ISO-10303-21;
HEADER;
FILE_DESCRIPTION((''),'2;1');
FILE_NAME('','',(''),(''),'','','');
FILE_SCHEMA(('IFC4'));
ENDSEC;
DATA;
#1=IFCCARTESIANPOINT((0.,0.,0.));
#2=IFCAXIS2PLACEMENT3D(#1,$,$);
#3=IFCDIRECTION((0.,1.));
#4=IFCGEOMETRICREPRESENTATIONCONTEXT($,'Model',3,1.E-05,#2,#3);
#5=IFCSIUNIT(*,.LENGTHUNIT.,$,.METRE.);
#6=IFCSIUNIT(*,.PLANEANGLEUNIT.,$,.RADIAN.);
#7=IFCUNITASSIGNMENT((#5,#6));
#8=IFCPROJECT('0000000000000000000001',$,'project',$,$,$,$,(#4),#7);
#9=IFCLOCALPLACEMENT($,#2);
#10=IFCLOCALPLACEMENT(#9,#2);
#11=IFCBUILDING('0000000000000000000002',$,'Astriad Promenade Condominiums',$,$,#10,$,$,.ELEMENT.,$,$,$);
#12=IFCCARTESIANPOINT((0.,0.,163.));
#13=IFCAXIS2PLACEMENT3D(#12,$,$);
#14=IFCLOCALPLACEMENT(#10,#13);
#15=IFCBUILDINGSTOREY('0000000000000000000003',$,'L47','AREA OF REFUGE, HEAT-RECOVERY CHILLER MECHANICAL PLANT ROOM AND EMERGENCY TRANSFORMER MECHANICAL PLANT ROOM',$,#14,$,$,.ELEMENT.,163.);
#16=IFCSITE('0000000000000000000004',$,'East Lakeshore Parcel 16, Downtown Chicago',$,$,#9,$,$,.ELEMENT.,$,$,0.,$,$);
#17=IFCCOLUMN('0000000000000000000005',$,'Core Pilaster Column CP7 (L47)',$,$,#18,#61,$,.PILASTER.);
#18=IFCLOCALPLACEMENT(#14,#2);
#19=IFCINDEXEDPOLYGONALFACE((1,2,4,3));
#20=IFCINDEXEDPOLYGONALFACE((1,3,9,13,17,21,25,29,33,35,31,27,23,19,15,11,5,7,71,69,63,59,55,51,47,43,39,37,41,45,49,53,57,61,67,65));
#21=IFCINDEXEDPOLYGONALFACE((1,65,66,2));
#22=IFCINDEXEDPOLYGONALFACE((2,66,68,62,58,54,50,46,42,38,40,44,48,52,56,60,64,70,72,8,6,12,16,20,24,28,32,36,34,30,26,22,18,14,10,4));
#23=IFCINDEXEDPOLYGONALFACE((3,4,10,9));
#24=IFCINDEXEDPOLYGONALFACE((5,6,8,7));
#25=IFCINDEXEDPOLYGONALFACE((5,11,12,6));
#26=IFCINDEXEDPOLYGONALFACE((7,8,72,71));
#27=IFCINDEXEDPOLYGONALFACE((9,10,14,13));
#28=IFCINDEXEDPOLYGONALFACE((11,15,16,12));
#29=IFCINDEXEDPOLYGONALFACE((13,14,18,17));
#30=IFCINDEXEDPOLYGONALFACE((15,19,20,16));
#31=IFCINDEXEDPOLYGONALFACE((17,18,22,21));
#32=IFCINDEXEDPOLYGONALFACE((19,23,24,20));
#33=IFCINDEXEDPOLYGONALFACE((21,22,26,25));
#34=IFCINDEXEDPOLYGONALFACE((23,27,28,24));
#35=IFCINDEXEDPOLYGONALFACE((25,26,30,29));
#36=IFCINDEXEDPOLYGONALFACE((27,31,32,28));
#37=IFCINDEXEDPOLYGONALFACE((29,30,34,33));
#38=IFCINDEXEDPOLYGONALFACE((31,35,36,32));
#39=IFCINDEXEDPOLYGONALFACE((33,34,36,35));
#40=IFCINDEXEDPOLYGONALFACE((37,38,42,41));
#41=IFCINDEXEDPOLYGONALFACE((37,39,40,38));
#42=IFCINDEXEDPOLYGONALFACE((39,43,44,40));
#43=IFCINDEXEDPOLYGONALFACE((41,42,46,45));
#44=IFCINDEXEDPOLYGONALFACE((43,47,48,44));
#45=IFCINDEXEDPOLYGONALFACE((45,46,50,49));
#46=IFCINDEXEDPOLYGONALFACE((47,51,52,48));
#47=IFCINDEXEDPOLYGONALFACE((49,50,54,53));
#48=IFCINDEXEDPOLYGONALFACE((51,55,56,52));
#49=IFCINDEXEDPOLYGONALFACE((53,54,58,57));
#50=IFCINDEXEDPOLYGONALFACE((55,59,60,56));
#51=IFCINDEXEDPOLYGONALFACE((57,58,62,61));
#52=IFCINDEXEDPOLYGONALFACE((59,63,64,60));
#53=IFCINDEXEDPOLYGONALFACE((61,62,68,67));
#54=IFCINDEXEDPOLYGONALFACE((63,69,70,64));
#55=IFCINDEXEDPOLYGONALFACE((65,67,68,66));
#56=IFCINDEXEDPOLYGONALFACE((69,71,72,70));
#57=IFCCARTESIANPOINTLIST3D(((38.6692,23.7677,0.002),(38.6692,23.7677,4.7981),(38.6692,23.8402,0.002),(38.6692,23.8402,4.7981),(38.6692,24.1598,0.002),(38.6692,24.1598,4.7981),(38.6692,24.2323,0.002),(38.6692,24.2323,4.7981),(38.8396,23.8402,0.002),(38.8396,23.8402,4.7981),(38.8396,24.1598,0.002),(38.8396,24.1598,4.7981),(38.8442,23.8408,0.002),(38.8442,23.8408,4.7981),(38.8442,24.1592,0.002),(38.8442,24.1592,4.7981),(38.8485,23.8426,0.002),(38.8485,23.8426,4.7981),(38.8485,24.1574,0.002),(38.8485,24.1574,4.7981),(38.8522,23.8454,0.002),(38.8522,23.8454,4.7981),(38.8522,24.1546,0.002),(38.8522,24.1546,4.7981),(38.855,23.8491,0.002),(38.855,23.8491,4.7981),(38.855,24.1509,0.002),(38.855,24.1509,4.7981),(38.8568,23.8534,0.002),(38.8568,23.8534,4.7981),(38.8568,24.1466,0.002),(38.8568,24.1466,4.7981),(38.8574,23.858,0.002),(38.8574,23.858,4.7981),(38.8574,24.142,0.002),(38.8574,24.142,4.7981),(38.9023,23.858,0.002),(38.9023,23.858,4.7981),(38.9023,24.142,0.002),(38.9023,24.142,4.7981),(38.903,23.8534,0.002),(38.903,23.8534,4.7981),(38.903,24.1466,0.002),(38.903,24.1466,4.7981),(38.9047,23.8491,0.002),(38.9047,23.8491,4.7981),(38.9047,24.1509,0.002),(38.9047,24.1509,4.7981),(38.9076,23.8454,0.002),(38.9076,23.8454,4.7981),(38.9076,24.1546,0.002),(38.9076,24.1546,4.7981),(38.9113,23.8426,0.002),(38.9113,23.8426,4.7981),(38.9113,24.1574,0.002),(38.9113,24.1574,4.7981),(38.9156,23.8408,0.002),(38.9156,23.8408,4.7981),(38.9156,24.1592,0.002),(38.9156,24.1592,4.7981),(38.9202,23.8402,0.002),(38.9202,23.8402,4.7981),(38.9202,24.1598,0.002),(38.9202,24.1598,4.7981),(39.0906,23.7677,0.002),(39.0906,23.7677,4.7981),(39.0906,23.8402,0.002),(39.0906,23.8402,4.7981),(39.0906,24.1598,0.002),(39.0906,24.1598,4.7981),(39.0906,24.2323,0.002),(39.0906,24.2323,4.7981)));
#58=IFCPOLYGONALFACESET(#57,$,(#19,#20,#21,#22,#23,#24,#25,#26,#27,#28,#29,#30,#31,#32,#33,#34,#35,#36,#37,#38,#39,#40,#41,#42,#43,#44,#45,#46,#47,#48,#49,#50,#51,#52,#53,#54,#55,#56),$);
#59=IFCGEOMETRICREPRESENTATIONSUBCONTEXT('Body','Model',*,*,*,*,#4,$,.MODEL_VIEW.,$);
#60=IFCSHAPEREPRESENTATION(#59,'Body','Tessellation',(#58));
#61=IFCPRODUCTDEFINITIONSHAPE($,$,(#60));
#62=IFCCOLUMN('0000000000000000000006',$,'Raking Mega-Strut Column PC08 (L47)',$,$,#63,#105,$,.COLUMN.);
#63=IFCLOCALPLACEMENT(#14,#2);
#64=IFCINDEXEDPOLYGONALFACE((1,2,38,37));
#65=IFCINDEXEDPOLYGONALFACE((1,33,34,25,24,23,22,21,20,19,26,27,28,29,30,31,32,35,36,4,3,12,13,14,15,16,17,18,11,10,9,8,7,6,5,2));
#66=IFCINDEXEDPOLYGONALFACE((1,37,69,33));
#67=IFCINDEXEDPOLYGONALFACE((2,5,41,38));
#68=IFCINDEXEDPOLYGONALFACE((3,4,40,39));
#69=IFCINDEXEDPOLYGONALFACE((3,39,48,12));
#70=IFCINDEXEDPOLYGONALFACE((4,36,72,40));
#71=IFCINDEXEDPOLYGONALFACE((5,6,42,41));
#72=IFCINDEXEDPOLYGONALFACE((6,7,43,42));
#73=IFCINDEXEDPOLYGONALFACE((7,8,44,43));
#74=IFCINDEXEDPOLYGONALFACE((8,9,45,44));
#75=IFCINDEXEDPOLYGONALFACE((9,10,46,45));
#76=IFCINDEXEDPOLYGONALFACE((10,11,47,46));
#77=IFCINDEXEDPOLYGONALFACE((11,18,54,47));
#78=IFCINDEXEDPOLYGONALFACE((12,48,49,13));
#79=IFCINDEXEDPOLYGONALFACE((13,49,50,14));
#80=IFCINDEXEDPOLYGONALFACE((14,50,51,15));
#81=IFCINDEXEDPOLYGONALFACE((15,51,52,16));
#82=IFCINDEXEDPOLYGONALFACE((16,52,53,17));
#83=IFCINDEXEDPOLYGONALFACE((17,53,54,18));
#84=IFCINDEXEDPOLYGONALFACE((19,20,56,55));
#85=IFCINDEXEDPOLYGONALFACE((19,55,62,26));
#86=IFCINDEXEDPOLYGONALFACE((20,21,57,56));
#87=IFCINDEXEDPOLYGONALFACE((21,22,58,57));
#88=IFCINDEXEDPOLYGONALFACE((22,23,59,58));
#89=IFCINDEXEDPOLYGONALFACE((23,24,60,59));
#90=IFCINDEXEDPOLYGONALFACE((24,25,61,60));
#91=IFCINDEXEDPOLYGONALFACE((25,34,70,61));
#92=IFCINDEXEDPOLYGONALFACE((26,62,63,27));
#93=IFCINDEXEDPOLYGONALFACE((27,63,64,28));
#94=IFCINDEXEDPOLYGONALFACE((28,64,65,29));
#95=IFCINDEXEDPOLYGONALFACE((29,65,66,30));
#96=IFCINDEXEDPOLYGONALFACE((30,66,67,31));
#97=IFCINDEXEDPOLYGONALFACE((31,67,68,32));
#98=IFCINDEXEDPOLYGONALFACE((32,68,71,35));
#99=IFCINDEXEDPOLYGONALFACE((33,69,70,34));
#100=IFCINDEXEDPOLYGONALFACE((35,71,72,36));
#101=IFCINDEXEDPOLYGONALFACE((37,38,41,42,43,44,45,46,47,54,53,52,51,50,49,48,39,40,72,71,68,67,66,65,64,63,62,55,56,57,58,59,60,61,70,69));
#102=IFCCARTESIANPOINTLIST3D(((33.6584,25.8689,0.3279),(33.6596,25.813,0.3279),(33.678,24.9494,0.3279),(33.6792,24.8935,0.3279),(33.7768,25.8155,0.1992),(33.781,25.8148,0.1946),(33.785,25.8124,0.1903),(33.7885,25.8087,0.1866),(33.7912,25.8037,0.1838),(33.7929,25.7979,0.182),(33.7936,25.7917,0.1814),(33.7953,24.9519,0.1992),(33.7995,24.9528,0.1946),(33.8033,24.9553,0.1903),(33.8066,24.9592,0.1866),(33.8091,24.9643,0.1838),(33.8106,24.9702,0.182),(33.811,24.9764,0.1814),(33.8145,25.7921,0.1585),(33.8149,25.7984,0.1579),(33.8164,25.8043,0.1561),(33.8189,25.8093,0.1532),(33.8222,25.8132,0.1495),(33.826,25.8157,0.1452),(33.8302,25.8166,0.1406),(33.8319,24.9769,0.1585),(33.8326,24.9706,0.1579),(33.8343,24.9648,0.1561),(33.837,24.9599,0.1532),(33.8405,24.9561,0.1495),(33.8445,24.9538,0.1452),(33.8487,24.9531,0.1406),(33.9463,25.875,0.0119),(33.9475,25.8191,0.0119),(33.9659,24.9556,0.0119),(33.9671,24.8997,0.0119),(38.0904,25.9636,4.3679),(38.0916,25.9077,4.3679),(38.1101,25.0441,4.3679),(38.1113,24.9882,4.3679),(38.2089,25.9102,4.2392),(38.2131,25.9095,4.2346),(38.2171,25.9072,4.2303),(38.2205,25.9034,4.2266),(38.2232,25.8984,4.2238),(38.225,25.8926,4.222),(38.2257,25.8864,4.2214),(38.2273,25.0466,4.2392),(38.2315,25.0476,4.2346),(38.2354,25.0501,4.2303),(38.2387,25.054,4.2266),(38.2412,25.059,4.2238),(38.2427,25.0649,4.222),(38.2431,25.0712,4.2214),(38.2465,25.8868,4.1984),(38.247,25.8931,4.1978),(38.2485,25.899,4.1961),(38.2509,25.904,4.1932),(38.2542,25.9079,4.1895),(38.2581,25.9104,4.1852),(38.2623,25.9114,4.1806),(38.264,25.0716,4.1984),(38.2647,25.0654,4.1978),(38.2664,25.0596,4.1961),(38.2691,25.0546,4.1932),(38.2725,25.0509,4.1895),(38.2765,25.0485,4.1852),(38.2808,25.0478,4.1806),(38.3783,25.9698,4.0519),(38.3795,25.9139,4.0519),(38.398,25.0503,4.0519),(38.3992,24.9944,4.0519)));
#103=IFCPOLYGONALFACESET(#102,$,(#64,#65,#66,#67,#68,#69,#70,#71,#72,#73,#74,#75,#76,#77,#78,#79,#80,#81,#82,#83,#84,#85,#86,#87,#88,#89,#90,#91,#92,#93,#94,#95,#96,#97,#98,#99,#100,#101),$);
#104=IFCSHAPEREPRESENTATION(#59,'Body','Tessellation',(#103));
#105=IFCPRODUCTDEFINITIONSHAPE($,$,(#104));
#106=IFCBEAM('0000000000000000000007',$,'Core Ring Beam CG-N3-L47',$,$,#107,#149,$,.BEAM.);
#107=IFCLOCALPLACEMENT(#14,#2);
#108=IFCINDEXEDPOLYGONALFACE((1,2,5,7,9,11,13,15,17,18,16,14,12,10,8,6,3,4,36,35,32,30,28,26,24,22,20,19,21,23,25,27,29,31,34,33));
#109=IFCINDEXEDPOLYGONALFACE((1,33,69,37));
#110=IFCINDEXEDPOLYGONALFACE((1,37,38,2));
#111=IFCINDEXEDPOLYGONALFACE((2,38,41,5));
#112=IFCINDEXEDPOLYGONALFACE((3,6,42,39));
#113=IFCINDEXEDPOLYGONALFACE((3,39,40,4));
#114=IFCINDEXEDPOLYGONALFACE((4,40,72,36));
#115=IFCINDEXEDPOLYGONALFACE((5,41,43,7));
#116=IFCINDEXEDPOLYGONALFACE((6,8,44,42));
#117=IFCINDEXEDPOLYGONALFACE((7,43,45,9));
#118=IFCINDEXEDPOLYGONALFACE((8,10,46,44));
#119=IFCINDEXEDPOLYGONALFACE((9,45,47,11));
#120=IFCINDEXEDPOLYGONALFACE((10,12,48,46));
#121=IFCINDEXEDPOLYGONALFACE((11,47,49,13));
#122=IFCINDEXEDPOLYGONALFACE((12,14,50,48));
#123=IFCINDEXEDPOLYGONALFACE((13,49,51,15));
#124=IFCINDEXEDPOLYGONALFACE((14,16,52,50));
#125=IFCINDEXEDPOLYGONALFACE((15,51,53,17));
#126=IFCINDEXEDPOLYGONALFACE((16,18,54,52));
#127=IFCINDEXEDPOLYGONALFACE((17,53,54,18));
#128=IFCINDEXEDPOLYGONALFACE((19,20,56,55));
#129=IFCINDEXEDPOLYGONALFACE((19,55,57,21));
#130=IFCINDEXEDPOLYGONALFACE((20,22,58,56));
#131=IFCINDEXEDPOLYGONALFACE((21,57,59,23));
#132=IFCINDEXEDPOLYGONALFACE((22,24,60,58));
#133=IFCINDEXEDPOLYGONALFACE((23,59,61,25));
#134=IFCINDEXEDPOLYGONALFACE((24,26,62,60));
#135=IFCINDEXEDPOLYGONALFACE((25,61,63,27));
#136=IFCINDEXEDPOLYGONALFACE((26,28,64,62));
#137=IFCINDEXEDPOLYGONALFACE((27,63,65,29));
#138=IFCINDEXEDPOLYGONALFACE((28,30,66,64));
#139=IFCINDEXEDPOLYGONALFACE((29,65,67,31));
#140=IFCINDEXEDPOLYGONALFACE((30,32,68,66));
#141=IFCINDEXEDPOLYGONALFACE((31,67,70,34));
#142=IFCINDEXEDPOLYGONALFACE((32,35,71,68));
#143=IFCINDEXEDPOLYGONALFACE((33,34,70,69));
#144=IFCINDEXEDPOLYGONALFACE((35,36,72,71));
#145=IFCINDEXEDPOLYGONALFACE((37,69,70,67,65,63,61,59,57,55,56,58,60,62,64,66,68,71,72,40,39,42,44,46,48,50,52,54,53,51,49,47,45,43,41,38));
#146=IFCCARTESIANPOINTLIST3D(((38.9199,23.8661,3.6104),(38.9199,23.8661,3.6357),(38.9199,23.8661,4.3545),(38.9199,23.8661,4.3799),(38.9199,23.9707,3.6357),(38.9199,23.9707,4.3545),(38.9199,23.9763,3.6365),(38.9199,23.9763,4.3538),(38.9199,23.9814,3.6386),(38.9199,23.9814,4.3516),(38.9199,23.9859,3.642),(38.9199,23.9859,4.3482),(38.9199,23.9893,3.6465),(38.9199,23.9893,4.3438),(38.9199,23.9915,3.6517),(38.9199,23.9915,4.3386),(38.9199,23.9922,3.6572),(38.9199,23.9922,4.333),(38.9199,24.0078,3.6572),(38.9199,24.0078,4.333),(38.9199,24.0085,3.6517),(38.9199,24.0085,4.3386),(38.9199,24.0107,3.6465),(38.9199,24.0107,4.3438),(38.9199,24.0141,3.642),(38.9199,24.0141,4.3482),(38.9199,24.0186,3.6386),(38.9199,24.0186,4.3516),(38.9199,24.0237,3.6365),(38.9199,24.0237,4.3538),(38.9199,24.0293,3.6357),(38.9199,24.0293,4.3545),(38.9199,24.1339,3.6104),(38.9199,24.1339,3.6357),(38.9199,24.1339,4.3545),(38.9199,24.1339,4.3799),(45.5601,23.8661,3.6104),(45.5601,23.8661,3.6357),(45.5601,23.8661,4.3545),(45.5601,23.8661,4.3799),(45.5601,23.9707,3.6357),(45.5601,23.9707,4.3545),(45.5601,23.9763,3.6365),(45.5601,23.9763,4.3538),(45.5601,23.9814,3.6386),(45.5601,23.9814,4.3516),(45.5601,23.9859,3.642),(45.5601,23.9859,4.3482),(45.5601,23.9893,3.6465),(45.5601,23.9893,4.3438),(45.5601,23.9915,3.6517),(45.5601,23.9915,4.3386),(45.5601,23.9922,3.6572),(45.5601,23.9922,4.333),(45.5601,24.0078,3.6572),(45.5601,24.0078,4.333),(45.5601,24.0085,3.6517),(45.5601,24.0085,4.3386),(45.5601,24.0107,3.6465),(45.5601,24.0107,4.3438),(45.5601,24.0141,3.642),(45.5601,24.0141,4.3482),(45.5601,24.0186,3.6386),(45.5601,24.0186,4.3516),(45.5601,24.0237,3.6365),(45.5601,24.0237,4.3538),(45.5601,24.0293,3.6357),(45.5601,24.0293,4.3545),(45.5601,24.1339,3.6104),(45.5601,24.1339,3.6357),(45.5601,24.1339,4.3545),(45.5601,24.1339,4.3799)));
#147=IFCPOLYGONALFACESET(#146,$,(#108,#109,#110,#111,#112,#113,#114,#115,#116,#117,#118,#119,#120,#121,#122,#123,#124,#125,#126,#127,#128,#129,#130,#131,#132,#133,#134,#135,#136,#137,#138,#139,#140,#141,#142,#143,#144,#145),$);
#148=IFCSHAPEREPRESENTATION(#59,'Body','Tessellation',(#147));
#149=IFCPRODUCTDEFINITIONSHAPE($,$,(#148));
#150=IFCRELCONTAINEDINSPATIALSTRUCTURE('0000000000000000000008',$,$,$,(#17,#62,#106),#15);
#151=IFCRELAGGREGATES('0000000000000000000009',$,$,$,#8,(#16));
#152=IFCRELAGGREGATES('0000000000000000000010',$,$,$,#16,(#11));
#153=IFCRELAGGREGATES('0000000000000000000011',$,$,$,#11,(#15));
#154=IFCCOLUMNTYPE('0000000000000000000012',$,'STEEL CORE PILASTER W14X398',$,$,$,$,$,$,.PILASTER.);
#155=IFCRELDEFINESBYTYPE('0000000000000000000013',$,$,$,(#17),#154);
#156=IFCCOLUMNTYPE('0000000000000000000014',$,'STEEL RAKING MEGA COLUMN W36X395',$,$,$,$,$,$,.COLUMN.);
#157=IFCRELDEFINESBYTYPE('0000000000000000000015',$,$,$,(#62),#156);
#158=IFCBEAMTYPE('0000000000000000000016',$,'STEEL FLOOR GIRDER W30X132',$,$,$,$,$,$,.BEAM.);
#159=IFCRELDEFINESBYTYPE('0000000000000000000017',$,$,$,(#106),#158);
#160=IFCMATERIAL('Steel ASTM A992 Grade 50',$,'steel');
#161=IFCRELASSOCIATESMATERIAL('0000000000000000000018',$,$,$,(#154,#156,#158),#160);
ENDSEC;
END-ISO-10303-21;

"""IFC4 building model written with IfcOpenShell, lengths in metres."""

from ifc_helpers import new_model, si_unit, direction, frame, origin, origin_2d, place, context, subcontext, project, spatial, i_section, extrude, source, transform, mapped, material, material_profile, profile_set, type_object, type_shapes, element, save


model = new_model("IFC4")

# Units and contexts
model_context = context("Model", 3, precision=1e-05, world=origin(), true_north=direction((0.0, 1.0)))
body_context = subcontext(model_context, "Body", "Model", "MODEL_VIEW")
ifc_project = project(units=[si_unit("LENGTHUNIT", "METRE"), si_unit("PLANEANGLEUNIT", "RADIAN")], contexts=[model_context])

# Site, building, storey
site_placement = place(None, origin())
site = spatial("IfcSite", under=ifc_project, at=site_placement, Name="East Lakeshore Parcel 16, Downtown Chicago", CompositionType="ELEMENT", RefElevation=0.0)
building_placement = place(site_placement, origin())
building = spatial("IfcBuilding", under=site, at=building_placement, Name="Astriad Promenade Condominiums", CompositionType="ELEMENT")
storey_placement = place(building_placement, frame((0.0, 0.0, 163.0)))
storey = spatial("IfcBuildingStorey", under=building, at=storey_placement, Name="L47", Description="AREA OF REFUGE, HEAT-RECOVERY CHILLER MECHANICAL PLANT ROOM AND EMERGENCY TRANSFORMER MECHANICAL PLANT ROOM", CompositionType="ELEMENT", Elevation=163.0)

# Columns
ifc_material_1 = material(Name="Steel ASTM A992 Grade 50", Category="steel")
ifc_material_profile_1 = material_profile(ifc_material_1, i_section(OverallWidth=0.4214, OverallDepth=0.4646, WebThickness=0.0449, FlangeThickness=0.0725, FilletRadius=0.0178, at=origin_2d()), Name="W14X398")
ifc_profile_set_1 = profile_set([ifc_material_profile_1], Name="Steel ASTM A992 Grade 50")
column_type_1 = type_object("IfcColumnType", Name="STEEL CORE PILASTER W14X398", PredefinedType="PILASTER", material=ifc_profile_set_1)
shared_shape_1 = source(origin(), body_context, "Body", "SweptSolid", [
    extrude(i_section(OverallWidth=0.4214, OverallDepth=0.4646, WebThickness=0.0449, FlangeThickness=0.0725, FilletRadius=0.0178, at=origin_2d()), origin(), (0.0, 0.0, 1.0), 4.7961),
])
type_shapes(column_type_1, [shared_shape_1])
column_1_placement = place(storey_placement, frame((38.8799, 24.0, 0.002), z_axis=(0.0, 0.0, 1.0), x_axis=(1.0, 0.0, 0.0)))
element("IfcColumn", 1, at=column_1_placement, inside=storey, type_object=column_type_1, Name="Core Pilaster Column CP7 (L47)", PredefinedType="PILASTER", context=body_context, shape_type="MappedRepresentation", body=[
    mapped(shared_shape_1, transform((0.0, 0.0, 0.0), scale=1.0)),
])
ifc_material_profile_2 = material_profile(ifc_material_1, i_section(OverallWidth=0.4275, OverallDepth=0.9756, WebThickness=0.031, FlangeThickness=0.0559, FilletRadius=0.0242, at=origin_2d()), Name="W36X395")
ifc_profile_set_2 = profile_set([ifc_material_profile_2], Name="Steel ASTM A992 Grade 50")
column_type_2 = type_object("IfcColumnType", Name="STEEL RAKING MEGA COLUMN W36X395", PredefinedType="COLUMN", material=ifc_profile_set_2)
shared_shape_2 = source(origin(), body_context, "Body", "SweptSolid", [
    extrude(i_section(OverallWidth=0.4275, OverallDepth=0.9756, WebThickness=0.031, FlangeThickness=0.0559, FilletRadius=0.0242, at=origin_2d()), origin(), (0.0, 0.0, 1.0), 5.9978),
])
type_shapes(column_type_2, [shared_shape_2])
column_2_placement = place(storey_placement, frame((33.8127, 25.3843, 0.1699), z_axis=(0.738948, 0.015793, 0.673577), x_axis=(-0.673423, -0.014393, 0.739117)))
element("IfcColumn", 2, at=column_2_placement, inside=storey, type_object=column_type_2, Name="Raking Mega-Strut Column PC08 (L47)", PredefinedType="COLUMN", context=body_context, shape_type="MappedRepresentation", body=[
    mapped(shared_shape_2, transform((0.0, 0.0, 0.0), scale=1.0)),
])

# Beam
ifc_material_profile_3 = material_profile(ifc_material_1, i_section(OverallWidth=0.2678, OverallDepth=0.7695, WebThickness=0.0156, FlangeThickness=0.0254, FilletRadius=0.0215, at=origin_2d()), Name="W30X132")
ifc_profile_set_3 = profile_set([ifc_material_profile_3], Name="Steel ASTM A992 Grade 50")
beam_type_1 = type_object("IfcBeamType", Name="STEEL FLOOR GIRDER W30X132", PredefinedType="BEAM", material=ifc_profile_set_3)
shared_shape_3 = source(origin(), body_context, "Body", "SweptSolid", [
    extrude(i_section(OverallWidth=0.2678, OverallDepth=0.7695, WebThickness=0.0156, FlangeThickness=0.0254, FilletRadius=0.0215, at=origin_2d()), origin(), (0.0, 0.0, 1.0), 6.6401),
])
type_shapes(beam_type_1, [shared_shape_3])
beam_1_placement = place(storey_placement, frame((38.9199, 24.0, 3.9951), z_axis=(1.0, 0.0, 0.0), x_axis=(0.0, 1.0, 0.0)))
element("IfcBeam", 3, at=beam_1_placement, inside=storey, type_object=beam_type_1, Name="Core Ring Beam CG-N3-L47", PredefinedType="BEAM", context=body_context, shape_type="MappedRepresentation", body=[
    mapped(shared_shape_3, transform((0.0, 0.0, 0.0), scale=1.0)),
])

save(model, "model.ifc")
